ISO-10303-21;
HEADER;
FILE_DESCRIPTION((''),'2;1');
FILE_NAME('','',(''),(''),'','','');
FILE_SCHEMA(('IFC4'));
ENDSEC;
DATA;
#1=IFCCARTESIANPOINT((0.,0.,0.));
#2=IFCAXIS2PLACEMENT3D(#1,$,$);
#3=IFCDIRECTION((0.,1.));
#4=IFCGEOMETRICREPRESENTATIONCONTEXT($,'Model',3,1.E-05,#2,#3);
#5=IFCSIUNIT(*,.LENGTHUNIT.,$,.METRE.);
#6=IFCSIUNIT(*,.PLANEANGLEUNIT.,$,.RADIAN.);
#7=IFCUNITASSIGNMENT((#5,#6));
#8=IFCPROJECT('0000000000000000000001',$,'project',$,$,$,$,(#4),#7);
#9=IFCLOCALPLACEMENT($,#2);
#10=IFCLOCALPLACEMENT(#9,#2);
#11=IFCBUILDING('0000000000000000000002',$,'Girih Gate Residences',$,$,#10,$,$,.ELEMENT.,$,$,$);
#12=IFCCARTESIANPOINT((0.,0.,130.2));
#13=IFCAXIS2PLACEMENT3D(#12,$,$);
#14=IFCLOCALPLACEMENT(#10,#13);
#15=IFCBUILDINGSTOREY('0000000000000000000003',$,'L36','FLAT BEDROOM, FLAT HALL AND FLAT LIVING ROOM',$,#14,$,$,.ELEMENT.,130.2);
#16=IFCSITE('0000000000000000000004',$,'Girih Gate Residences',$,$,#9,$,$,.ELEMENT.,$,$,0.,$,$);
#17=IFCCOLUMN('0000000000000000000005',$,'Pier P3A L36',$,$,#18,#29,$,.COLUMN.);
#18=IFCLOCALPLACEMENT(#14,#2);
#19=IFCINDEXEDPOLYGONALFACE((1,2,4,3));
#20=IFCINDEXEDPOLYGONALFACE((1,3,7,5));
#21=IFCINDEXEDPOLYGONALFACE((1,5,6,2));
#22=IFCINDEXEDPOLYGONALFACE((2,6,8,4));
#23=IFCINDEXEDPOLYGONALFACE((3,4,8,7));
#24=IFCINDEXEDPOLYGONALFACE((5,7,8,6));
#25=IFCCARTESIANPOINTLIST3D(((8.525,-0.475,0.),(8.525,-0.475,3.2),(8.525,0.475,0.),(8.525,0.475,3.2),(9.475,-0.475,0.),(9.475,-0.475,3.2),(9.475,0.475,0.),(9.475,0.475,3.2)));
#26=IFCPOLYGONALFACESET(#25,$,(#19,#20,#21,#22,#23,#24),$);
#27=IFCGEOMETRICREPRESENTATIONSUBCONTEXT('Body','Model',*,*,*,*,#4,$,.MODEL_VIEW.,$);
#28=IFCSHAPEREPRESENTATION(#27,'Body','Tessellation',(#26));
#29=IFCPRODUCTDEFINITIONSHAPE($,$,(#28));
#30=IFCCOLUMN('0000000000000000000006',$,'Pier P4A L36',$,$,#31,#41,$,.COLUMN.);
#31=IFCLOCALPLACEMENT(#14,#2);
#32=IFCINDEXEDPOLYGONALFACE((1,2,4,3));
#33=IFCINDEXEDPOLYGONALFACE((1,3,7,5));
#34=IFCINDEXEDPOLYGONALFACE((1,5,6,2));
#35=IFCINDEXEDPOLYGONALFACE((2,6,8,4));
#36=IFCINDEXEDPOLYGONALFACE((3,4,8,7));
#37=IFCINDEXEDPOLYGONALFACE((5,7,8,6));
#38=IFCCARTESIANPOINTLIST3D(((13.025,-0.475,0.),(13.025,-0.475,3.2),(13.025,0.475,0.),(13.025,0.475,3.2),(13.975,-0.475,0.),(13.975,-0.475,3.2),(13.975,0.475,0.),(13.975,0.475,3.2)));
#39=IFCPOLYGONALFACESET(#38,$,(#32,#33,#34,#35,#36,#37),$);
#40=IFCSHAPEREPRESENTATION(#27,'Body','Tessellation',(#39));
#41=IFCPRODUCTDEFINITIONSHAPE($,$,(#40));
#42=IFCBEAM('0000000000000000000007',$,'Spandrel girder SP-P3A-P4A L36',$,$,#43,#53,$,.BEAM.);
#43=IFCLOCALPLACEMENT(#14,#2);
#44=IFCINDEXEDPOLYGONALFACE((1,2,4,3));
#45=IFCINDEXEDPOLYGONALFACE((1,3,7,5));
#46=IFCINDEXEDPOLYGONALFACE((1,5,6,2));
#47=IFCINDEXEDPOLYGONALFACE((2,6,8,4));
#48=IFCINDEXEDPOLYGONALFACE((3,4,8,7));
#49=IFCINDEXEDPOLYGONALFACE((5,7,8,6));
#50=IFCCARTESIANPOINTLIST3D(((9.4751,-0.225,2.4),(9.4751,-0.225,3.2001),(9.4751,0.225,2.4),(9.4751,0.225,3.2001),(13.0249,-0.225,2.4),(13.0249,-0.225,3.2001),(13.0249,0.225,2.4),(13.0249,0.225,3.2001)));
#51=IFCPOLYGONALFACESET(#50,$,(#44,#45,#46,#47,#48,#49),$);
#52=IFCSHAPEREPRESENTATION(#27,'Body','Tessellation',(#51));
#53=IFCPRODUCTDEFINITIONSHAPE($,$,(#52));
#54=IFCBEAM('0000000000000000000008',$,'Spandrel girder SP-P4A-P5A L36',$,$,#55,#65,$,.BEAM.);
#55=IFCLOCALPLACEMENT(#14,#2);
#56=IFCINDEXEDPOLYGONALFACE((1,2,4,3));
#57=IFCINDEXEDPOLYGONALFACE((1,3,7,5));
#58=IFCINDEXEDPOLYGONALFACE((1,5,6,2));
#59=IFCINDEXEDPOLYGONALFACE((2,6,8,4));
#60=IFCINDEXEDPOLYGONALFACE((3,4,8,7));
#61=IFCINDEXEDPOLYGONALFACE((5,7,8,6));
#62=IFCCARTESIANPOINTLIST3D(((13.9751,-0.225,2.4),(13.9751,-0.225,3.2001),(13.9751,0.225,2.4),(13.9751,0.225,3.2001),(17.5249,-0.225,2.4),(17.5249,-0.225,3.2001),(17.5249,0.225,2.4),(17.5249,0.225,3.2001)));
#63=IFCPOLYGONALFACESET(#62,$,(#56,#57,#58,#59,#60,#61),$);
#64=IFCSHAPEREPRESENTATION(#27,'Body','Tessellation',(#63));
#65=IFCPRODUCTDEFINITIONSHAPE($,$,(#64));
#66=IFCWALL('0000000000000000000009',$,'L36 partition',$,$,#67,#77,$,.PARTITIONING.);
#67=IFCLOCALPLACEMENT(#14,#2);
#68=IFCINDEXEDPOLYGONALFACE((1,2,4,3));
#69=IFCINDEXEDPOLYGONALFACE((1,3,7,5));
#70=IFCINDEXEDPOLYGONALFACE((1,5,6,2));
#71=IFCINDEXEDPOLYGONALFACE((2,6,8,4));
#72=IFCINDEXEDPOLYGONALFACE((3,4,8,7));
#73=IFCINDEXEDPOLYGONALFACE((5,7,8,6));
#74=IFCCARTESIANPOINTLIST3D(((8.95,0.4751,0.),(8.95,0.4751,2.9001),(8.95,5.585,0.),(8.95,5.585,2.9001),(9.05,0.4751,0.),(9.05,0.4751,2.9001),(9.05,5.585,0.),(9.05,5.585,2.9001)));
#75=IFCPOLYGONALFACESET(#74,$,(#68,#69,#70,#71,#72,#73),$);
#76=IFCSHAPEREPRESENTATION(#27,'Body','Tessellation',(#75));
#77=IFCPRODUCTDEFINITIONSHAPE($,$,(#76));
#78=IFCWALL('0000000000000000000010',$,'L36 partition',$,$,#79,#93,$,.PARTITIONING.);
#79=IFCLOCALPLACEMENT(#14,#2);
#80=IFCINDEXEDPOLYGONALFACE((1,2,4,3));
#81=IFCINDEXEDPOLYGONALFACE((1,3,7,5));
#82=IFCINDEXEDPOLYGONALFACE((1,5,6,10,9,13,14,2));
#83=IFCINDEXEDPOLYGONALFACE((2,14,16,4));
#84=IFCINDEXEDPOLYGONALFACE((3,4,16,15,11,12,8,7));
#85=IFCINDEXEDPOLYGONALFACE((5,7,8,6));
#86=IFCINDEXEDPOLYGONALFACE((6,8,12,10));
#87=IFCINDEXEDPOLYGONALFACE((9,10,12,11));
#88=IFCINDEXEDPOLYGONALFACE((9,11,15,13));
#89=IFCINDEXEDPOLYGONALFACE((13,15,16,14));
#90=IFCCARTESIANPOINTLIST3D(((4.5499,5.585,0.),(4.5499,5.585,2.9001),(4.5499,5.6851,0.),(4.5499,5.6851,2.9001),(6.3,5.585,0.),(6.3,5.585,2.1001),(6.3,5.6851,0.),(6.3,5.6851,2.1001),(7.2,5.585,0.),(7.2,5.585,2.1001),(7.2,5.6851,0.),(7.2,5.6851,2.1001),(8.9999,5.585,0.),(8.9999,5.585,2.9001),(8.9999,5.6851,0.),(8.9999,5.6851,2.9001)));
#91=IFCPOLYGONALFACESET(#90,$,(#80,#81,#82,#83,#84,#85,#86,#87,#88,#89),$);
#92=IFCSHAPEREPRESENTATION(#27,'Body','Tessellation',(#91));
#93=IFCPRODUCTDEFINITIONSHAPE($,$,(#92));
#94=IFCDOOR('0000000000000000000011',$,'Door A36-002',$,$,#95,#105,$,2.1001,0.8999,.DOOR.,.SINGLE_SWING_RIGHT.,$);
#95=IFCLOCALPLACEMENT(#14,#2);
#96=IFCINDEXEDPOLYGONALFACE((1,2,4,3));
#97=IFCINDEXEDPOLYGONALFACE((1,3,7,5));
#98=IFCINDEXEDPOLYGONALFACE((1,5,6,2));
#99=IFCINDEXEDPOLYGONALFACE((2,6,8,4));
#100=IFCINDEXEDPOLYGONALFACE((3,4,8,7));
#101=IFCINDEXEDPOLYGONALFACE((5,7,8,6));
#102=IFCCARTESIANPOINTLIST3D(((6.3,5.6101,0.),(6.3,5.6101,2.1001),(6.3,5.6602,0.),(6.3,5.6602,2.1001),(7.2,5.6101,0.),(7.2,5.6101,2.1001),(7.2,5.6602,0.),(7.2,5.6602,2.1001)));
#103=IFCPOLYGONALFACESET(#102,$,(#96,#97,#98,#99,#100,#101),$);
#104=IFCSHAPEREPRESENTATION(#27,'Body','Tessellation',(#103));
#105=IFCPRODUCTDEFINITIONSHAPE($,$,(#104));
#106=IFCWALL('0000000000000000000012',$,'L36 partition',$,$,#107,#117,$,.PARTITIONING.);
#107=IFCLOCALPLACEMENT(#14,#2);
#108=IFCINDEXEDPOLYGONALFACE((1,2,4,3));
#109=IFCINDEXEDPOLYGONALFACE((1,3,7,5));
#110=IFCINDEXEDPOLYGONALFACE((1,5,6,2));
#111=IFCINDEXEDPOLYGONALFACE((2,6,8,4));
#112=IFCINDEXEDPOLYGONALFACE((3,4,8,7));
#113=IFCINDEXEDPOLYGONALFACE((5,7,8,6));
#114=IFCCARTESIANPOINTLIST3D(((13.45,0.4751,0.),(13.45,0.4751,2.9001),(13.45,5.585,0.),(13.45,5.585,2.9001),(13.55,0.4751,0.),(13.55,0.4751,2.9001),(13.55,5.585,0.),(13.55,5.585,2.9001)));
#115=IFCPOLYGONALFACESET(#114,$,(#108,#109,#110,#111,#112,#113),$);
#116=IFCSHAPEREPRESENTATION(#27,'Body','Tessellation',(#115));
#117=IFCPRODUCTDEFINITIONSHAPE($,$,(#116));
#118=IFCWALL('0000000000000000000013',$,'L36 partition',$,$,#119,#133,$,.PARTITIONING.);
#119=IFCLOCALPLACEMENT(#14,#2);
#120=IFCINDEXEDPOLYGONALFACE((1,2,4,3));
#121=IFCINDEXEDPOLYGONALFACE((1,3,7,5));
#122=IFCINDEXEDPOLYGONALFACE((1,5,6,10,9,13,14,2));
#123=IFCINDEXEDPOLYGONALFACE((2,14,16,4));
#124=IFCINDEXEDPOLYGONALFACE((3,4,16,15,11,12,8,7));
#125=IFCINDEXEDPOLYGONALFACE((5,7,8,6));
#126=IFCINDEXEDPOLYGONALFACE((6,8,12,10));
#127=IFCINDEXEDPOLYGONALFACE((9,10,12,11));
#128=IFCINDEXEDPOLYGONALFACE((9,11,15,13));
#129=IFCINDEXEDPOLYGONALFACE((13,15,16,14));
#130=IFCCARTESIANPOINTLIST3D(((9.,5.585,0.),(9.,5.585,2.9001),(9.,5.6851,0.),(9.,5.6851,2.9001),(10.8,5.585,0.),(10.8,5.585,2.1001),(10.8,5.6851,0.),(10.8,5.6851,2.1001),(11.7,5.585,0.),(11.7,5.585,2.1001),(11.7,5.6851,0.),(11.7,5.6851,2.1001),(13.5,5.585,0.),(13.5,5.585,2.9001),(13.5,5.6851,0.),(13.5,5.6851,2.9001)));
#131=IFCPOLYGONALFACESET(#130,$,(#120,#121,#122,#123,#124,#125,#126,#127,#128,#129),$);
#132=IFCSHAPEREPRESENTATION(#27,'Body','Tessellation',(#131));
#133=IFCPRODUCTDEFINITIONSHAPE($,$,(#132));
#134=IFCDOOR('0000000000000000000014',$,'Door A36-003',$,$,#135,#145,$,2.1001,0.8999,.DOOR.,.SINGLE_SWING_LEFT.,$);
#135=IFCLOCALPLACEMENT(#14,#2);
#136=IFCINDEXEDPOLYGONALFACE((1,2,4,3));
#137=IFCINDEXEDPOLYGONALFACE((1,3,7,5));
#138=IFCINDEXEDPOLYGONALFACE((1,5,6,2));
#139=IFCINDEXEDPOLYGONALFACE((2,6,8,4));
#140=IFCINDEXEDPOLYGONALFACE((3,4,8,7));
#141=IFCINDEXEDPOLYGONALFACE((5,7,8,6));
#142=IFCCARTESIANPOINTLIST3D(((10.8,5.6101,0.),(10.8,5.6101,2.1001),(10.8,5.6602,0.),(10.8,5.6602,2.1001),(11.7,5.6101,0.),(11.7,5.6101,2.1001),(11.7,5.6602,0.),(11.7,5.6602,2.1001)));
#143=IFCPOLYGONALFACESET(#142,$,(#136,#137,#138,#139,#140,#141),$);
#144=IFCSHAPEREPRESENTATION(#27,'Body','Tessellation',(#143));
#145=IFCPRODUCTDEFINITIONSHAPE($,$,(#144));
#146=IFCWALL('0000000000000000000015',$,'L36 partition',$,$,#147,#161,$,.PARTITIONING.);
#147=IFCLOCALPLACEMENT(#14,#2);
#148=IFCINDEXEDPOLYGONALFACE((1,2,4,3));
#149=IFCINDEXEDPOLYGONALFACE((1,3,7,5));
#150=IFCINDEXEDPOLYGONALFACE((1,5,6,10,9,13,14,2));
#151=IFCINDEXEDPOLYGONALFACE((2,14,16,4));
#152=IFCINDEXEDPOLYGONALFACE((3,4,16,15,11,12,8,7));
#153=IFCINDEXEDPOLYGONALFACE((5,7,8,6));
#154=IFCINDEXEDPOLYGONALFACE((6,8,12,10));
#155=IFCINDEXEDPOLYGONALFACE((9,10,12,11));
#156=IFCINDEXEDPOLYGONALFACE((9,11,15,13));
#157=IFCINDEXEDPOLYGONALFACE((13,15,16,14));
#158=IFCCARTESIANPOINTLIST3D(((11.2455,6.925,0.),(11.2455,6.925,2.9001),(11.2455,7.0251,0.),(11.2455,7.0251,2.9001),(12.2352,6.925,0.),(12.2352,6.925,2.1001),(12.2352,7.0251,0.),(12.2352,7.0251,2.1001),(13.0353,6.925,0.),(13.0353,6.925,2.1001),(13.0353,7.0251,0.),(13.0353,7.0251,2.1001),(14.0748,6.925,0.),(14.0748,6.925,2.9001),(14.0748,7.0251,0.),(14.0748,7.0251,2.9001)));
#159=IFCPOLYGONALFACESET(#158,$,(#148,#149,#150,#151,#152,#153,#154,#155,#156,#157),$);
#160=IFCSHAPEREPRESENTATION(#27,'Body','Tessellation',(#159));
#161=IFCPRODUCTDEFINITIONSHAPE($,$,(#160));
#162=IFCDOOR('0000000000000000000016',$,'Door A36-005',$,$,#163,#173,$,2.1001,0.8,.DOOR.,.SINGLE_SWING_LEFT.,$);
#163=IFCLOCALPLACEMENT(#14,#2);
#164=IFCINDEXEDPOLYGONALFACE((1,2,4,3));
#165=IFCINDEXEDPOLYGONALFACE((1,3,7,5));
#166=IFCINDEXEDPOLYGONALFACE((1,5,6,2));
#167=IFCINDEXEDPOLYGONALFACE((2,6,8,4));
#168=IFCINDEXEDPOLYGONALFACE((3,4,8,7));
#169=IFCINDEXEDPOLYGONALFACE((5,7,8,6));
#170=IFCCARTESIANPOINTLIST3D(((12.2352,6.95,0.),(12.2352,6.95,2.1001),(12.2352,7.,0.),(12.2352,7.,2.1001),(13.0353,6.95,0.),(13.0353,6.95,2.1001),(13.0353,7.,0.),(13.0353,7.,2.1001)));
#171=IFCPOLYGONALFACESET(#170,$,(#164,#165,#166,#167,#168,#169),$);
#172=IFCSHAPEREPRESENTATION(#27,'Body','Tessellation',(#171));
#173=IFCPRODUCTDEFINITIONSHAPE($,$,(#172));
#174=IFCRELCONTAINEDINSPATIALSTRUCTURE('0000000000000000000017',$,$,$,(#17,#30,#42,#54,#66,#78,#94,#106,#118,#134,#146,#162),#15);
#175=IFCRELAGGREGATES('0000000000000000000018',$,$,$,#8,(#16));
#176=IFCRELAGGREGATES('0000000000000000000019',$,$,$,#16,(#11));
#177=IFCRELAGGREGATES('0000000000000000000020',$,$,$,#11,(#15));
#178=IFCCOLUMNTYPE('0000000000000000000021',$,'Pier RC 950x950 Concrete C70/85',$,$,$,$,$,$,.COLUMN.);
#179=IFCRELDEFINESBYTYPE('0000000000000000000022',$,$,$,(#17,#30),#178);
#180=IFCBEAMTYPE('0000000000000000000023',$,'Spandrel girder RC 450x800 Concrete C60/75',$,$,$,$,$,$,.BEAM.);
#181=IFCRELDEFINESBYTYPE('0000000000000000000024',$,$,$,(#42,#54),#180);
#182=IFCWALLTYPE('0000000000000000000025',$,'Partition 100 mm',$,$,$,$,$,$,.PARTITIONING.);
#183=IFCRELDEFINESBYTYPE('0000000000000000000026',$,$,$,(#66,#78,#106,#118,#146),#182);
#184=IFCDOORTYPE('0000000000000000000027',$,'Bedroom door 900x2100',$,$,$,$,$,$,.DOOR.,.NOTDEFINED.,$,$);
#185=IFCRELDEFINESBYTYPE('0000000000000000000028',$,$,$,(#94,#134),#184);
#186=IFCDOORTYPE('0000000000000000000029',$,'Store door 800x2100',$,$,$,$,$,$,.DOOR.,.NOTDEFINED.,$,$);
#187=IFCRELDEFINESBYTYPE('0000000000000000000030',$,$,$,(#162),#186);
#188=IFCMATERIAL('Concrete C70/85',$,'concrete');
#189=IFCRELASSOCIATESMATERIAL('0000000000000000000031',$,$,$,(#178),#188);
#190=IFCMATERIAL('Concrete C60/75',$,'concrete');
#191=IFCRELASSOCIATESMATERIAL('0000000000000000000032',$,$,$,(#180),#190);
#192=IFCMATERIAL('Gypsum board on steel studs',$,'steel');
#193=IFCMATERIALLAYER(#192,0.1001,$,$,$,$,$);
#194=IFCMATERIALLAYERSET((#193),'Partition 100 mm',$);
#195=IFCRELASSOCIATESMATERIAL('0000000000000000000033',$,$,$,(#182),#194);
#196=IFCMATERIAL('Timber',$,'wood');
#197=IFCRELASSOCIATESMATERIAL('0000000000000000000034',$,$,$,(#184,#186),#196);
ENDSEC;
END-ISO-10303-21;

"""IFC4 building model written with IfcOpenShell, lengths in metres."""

from ifc_helpers import new_model, si_unit, direction, frame, frame_2d, origin, origin_2d, place, context, subcontext, project, spatial, rectangle, extrude, material, layer, layer_set, material_profile, profile_set, type_object, element, fill, save


model = new_model("IFC4")

# Units and contexts
model_context = context("Model", 3, precision=1e-05, world=origin(), true_north=direction((0.0, 1.0)))
body_context = subcontext(model_context, "Body", "Model", "MODEL_VIEW")
ifc_project = project(units=[si_unit("LENGTHUNIT", "METRE"), si_unit("PLANEANGLEUNIT", "RADIAN")], contexts=[model_context])

# Site, building, storey
site_placement = place(None, origin())
site = spatial("IfcSite", under=ifc_project, at=site_placement, Name="Girih Gate Residences", CompositionType="ELEMENT", RefElevation=0.0)
building_placement = place(site_placement, origin())
building = spatial("IfcBuilding", under=site, at=building_placement, Name="Girih Gate Residences", CompositionType="ELEMENT")
storey_placement = place(building_placement, frame((0.0, 0.0, 130.2)))
storey = spatial("IfcBuildingStorey", under=building, at=storey_placement, Name="L36", Description="FLAT BEDROOM, FLAT HALL AND FLAT LIVING ROOM", CompositionType="ELEMENT", Elevation=130.2)

# Columns
ifc_material_1 = material(Name="Concrete C70/85", Category="concrete")
ifc_material_profile_1 = material_profile(ifc_material_1, rectangle(XDim=0.95, YDim=0.95, at=origin_2d()))
ifc_profile_set_1 = profile_set([ifc_material_profile_1], Name="Concrete C70/85")
column_type = type_object("IfcColumnType", Name="Pier RC 950x950 Concrete C70/85", PredefinedType="COLUMN", material=ifc_profile_set_1)
for number, where, z_axis, x_axis, name in (
    (1, (9.0, 0.0, 0.0), (0.0, 0.0, 1.0), (1.0, 0.0, 0.0), "Pier P3A L36"),
    (2, (13.5, 0.0, 0.0), (0.0, 0.0, 1.0), (1.0, 0.0, 0.0), "Pier P4A L36"),
):
    element("IfcColumn", number, at=place(storey_placement, frame(where, z_axis=z_axis, x_axis=x_axis)), inside=storey, type_object=column_type, Name=name, PredefinedType="COLUMN", context=body_context, shape_type="SweptSolid", body=[
        extrude(rectangle(XDim=0.95, YDim=0.95, at=origin_2d()), origin(), (0.0, 0.0, 1.0), 3.2),
    ])

# Beams
ifc_material_2 = material(Name="Concrete C60/75", Category="concrete")
ifc_material_profile_2 = material_profile(ifc_material_2, rectangle(XDim=0.45, YDim=0.8, at=origin_2d()))
ifc_profile_set_2 = profile_set([ifc_material_profile_2], Name="Concrete C60/75")
beam_type = type_object("IfcBeamType", Name="Spandrel girder RC 450x800 Concrete C60/75", PredefinedType="BEAM", material=ifc_profile_set_2)
for number, where, z_axis, x_axis, name in (
    (3, (9.4751, 0.0, 2.8), (1.0, 0.0, 0.0), (0.0, 1.0, 0.0), "Spandrel girder SP-P3A-P4A L36"),
    (4, (13.9751, 0.0, 2.8), (1.0, 0.0, 0.0), (0.0, 1.0, 0.0), "Spandrel girder SP-P4A-P5A L36"),
):
    element("IfcBeam", number, at=place(storey_placement, frame(where, z_axis=z_axis, x_axis=x_axis)), inside=storey, type_object=beam_type, Name=name, PredefinedType="BEAM", context=body_context, shape_type="SweptSolid", body=[
        extrude(rectangle(XDim=0.45, YDim=0.8, at=origin_2d()), origin(), (0.0, 0.0, 1.0), 3.5498),
    ])

# Wall
ifc_material_3 = material(Name="Gypsum board on steel studs", Category="steel")
ifc_layer_1 = layer(ifc_material_3, 0.1001)
ifc_layer_set_1 = layer_set([ifc_layer_1], Name="Partition 100 mm")
wall_type_1 = type_object("IfcWallType", Name="Partition 100 mm", PredefinedType="PARTITIONING", material=ifc_layer_set_1)
wall_1_placement = place(storey_placement, frame((9.0, 0.4751, 0.0), z_axis=(0.0, 0.0, 1.0), x_axis=(0.0, 1.0, 0.0)))
element("IfcWall", 5, at=wall_1_placement, inside=storey, type_object=wall_type_1, Name="L36 partition", PredefinedType="PARTITIONING", context=body_context, shape_type="SweptSolid", body=[
    extrude(rectangle(XDim=5.1099, YDim=0.1001, at=frame_2d((2.5549, 0.0))), origin(), (0.0, 0.0, 1.0), 2.9001),
])

# Wall, opening, door
wall_2_placement = place(storey_placement, frame((9.0, 5.635, 0.0), z_axis=(0.0, 0.0, 1.0), x_axis=(-1.0, 0.0, 0.0)))
wall_2 = element("IfcWall", 6, at=wall_2_placement, inside=storey, type_object=wall_type_1, Name="L36 partition", PredefinedType="PARTITIONING", context=body_context, shape_type="SweptSolid", body=[
    extrude(rectangle(XDim=4.45, YDim=0.1001, at=frame_2d((2.2251, 0.0))), origin(), (0.0, 0.0, 1.0), 2.9001),
])
opening_1_placement = place(wall_2_placement, frame((1.8, 0.0, 0.0)))
opening_1 = element("IfcOpeningElement", 7, at=opening_1_placement, cuts=wall_2, PredefinedType="OPENING", context=body_context, shape_type="SweptSolid", body=[
    extrude(rectangle(XDim=0.8999, YDim=2.1001, at=frame_2d((0.45, 1.05))), frame((0.0, 0.0601, 0.0), z_axis=(0.0, -1.0, 0.0), x_axis=(1.0, 0.0, 0.0)), (0.0, 0.0, 1.0), 0.1201),
])
ifc_material_4 = material(Name="Timber", Category="wood")
door_type_1 = type_object("IfcDoorType", Name="Bedroom door 900x2100", OperationType="NOTDEFINED", PredefinedType="DOOR", material=ifc_material_4)
door_1_placement = place(opening_1_placement, origin())
door_1 = element("IfcDoor", 8, at=door_1_placement, inside=storey, type_object=door_type_1, Name="Door A36-002", OperationType="SINGLE_SWING_RIGHT", OverallHeight=2.1001, OverallWidth=0.8999, PredefinedType="DOOR", context=body_context, shape_type="SweptSolid", body=[
    extrude(rectangle(XDim=0.8999, YDim=2.1001, at=frame_2d((0.45, 1.05))), frame((0.0, 0.0249, 0.0), z_axis=(0.0, -1.0, 0.0), x_axis=(1.0, 0.0, 0.0)), (0.0, 0.0, 1.0), 0.05),
])
fill(opening_1, door_1)

# Wall
wall_3_placement = place(storey_placement, frame((13.5, 0.4751, 0.0), z_axis=(0.0, 0.0, 1.0), x_axis=(0.0, 1.0, 0.0)))
element("IfcWall", 9, at=wall_3_placement, inside=storey, type_object=wall_type_1, Name="L36 partition", PredefinedType="PARTITIONING", context=body_context, shape_type="SweptSolid", body=[
    extrude(rectangle(XDim=5.1099, YDim=0.1001, at=frame_2d((2.5549, 0.0))), origin(), (0.0, 0.0, 1.0), 2.9001),
])

# Walls, openings, doors
wall_4_placement = place(storey_placement, frame((13.5, 5.635, 0.0), z_axis=(0.0, 0.0, 1.0), x_axis=(-1.0, 0.0, 0.0)))
wall_4 = element("IfcWall", 10, at=wall_4_placement, inside=storey, type_object=wall_type_1, Name="L36 partition", PredefinedType="PARTITIONING", context=body_context, shape_type="SweptSolid", body=[
    extrude(rectangle(XDim=4.5, YDim=0.1001, at=frame_2d((2.25, 0.0))), origin(), (0.0, 0.0, 1.0), 2.9001),
])
opening_2_placement = place(wall_4_placement, frame((1.8, 0.0, 0.0)))
opening_2 = element("IfcOpeningElement", 11, at=opening_2_placement, cuts=wall_4, PredefinedType="OPENING", context=body_context, shape_type="SweptSolid", body=[
    extrude(rectangle(XDim=0.8999, YDim=2.1001, at=frame_2d((0.45, 1.05))), frame((0.0, 0.0601, 0.0), z_axis=(0.0, -1.0, 0.0), x_axis=(1.0, 0.0, 0.0)), (0.0, 0.0, 1.0), 0.1201),
])
door_2_placement = place(opening_2_placement, origin())
door_2 = element("IfcDoor", 12, at=door_2_placement, inside=storey, type_object=door_type_1, Name="Door A36-003", OperationType="SINGLE_SWING_LEFT", OverallHeight=2.1001, OverallWidth=0.8999, PredefinedType="DOOR", context=body_context, shape_type="SweptSolid", body=[
    extrude(rectangle(XDim=0.8999, YDim=2.1001, at=frame_2d((0.45, 1.05))), frame((0.0, 0.0249, 0.0), z_axis=(0.0, -1.0, 0.0), x_axis=(1.0, 0.0, 0.0)), (0.0, 0.0, 1.0), 0.05),
])
fill(opening_2, door_2)
wall_5_placement = place(storey_placement, frame((11.2456, 6.9751, 0.0), z_axis=(0.0, 0.0, 1.0), x_axis=(1.0, 0.0, 0.0)))
wall_5 = element("IfcWall", 13, at=wall_5_placement, inside=storey, type_object=wall_type_1, Name="L36 partition", PredefinedType="PARTITIONING", context=body_context, shape_type="SweptSolid", body=[
    extrude(rectangle(XDim=2.8293, YDim=0.1001, at=frame_2d((1.4146, 0.0))), origin(), (0.0, 0.0, 1.0), 2.9001),
])
opening_3_placement = place(wall_5_placement, frame((0.9897, 0.0, 0.0)))
opening_3 = element("IfcOpeningElement", 14, at=opening_3_placement, cuts=wall_5, PredefinedType="OPENING", context=body_context, shape_type="SweptSolid", body=[
    extrude(rectangle(XDim=0.8, YDim=2.1001, at=frame_2d((0.3999, 1.05))), frame((0.0, 0.0601, 0.0), z_axis=(0.0, -1.0, 0.0), x_axis=(1.0, 0.0, 0.0)), (0.0, 0.0, 1.0), 0.1201),
])
door_type_2 = type_object("IfcDoorType", Name="Store door 800x2100", OperationType="NOTDEFINED", PredefinedType="DOOR", material=ifc_material_4)
door_3_placement = place(opening_3_placement, origin())
door_3 = element("IfcDoor", 15, at=door_3_placement, inside=storey, type_object=door_type_2, Name="Door A36-005", OperationType="SINGLE_SWING_LEFT", OverallHeight=2.1001, OverallWidth=0.8, PredefinedType="DOOR", context=body_context, shape_type="SweptSolid", body=[
    extrude(rectangle(XDim=0.8, YDim=2.1001, at=frame_2d((0.3999, 1.05))), frame((0.0, 0.0249, 0.0), z_axis=(0.0, -1.0, 0.0), x_axis=(1.0, 0.0, 0.0)), (0.0, 0.0, 1.0), 0.05),
])
fill(opening_3, door_3)

save(model, "model.ifc")
